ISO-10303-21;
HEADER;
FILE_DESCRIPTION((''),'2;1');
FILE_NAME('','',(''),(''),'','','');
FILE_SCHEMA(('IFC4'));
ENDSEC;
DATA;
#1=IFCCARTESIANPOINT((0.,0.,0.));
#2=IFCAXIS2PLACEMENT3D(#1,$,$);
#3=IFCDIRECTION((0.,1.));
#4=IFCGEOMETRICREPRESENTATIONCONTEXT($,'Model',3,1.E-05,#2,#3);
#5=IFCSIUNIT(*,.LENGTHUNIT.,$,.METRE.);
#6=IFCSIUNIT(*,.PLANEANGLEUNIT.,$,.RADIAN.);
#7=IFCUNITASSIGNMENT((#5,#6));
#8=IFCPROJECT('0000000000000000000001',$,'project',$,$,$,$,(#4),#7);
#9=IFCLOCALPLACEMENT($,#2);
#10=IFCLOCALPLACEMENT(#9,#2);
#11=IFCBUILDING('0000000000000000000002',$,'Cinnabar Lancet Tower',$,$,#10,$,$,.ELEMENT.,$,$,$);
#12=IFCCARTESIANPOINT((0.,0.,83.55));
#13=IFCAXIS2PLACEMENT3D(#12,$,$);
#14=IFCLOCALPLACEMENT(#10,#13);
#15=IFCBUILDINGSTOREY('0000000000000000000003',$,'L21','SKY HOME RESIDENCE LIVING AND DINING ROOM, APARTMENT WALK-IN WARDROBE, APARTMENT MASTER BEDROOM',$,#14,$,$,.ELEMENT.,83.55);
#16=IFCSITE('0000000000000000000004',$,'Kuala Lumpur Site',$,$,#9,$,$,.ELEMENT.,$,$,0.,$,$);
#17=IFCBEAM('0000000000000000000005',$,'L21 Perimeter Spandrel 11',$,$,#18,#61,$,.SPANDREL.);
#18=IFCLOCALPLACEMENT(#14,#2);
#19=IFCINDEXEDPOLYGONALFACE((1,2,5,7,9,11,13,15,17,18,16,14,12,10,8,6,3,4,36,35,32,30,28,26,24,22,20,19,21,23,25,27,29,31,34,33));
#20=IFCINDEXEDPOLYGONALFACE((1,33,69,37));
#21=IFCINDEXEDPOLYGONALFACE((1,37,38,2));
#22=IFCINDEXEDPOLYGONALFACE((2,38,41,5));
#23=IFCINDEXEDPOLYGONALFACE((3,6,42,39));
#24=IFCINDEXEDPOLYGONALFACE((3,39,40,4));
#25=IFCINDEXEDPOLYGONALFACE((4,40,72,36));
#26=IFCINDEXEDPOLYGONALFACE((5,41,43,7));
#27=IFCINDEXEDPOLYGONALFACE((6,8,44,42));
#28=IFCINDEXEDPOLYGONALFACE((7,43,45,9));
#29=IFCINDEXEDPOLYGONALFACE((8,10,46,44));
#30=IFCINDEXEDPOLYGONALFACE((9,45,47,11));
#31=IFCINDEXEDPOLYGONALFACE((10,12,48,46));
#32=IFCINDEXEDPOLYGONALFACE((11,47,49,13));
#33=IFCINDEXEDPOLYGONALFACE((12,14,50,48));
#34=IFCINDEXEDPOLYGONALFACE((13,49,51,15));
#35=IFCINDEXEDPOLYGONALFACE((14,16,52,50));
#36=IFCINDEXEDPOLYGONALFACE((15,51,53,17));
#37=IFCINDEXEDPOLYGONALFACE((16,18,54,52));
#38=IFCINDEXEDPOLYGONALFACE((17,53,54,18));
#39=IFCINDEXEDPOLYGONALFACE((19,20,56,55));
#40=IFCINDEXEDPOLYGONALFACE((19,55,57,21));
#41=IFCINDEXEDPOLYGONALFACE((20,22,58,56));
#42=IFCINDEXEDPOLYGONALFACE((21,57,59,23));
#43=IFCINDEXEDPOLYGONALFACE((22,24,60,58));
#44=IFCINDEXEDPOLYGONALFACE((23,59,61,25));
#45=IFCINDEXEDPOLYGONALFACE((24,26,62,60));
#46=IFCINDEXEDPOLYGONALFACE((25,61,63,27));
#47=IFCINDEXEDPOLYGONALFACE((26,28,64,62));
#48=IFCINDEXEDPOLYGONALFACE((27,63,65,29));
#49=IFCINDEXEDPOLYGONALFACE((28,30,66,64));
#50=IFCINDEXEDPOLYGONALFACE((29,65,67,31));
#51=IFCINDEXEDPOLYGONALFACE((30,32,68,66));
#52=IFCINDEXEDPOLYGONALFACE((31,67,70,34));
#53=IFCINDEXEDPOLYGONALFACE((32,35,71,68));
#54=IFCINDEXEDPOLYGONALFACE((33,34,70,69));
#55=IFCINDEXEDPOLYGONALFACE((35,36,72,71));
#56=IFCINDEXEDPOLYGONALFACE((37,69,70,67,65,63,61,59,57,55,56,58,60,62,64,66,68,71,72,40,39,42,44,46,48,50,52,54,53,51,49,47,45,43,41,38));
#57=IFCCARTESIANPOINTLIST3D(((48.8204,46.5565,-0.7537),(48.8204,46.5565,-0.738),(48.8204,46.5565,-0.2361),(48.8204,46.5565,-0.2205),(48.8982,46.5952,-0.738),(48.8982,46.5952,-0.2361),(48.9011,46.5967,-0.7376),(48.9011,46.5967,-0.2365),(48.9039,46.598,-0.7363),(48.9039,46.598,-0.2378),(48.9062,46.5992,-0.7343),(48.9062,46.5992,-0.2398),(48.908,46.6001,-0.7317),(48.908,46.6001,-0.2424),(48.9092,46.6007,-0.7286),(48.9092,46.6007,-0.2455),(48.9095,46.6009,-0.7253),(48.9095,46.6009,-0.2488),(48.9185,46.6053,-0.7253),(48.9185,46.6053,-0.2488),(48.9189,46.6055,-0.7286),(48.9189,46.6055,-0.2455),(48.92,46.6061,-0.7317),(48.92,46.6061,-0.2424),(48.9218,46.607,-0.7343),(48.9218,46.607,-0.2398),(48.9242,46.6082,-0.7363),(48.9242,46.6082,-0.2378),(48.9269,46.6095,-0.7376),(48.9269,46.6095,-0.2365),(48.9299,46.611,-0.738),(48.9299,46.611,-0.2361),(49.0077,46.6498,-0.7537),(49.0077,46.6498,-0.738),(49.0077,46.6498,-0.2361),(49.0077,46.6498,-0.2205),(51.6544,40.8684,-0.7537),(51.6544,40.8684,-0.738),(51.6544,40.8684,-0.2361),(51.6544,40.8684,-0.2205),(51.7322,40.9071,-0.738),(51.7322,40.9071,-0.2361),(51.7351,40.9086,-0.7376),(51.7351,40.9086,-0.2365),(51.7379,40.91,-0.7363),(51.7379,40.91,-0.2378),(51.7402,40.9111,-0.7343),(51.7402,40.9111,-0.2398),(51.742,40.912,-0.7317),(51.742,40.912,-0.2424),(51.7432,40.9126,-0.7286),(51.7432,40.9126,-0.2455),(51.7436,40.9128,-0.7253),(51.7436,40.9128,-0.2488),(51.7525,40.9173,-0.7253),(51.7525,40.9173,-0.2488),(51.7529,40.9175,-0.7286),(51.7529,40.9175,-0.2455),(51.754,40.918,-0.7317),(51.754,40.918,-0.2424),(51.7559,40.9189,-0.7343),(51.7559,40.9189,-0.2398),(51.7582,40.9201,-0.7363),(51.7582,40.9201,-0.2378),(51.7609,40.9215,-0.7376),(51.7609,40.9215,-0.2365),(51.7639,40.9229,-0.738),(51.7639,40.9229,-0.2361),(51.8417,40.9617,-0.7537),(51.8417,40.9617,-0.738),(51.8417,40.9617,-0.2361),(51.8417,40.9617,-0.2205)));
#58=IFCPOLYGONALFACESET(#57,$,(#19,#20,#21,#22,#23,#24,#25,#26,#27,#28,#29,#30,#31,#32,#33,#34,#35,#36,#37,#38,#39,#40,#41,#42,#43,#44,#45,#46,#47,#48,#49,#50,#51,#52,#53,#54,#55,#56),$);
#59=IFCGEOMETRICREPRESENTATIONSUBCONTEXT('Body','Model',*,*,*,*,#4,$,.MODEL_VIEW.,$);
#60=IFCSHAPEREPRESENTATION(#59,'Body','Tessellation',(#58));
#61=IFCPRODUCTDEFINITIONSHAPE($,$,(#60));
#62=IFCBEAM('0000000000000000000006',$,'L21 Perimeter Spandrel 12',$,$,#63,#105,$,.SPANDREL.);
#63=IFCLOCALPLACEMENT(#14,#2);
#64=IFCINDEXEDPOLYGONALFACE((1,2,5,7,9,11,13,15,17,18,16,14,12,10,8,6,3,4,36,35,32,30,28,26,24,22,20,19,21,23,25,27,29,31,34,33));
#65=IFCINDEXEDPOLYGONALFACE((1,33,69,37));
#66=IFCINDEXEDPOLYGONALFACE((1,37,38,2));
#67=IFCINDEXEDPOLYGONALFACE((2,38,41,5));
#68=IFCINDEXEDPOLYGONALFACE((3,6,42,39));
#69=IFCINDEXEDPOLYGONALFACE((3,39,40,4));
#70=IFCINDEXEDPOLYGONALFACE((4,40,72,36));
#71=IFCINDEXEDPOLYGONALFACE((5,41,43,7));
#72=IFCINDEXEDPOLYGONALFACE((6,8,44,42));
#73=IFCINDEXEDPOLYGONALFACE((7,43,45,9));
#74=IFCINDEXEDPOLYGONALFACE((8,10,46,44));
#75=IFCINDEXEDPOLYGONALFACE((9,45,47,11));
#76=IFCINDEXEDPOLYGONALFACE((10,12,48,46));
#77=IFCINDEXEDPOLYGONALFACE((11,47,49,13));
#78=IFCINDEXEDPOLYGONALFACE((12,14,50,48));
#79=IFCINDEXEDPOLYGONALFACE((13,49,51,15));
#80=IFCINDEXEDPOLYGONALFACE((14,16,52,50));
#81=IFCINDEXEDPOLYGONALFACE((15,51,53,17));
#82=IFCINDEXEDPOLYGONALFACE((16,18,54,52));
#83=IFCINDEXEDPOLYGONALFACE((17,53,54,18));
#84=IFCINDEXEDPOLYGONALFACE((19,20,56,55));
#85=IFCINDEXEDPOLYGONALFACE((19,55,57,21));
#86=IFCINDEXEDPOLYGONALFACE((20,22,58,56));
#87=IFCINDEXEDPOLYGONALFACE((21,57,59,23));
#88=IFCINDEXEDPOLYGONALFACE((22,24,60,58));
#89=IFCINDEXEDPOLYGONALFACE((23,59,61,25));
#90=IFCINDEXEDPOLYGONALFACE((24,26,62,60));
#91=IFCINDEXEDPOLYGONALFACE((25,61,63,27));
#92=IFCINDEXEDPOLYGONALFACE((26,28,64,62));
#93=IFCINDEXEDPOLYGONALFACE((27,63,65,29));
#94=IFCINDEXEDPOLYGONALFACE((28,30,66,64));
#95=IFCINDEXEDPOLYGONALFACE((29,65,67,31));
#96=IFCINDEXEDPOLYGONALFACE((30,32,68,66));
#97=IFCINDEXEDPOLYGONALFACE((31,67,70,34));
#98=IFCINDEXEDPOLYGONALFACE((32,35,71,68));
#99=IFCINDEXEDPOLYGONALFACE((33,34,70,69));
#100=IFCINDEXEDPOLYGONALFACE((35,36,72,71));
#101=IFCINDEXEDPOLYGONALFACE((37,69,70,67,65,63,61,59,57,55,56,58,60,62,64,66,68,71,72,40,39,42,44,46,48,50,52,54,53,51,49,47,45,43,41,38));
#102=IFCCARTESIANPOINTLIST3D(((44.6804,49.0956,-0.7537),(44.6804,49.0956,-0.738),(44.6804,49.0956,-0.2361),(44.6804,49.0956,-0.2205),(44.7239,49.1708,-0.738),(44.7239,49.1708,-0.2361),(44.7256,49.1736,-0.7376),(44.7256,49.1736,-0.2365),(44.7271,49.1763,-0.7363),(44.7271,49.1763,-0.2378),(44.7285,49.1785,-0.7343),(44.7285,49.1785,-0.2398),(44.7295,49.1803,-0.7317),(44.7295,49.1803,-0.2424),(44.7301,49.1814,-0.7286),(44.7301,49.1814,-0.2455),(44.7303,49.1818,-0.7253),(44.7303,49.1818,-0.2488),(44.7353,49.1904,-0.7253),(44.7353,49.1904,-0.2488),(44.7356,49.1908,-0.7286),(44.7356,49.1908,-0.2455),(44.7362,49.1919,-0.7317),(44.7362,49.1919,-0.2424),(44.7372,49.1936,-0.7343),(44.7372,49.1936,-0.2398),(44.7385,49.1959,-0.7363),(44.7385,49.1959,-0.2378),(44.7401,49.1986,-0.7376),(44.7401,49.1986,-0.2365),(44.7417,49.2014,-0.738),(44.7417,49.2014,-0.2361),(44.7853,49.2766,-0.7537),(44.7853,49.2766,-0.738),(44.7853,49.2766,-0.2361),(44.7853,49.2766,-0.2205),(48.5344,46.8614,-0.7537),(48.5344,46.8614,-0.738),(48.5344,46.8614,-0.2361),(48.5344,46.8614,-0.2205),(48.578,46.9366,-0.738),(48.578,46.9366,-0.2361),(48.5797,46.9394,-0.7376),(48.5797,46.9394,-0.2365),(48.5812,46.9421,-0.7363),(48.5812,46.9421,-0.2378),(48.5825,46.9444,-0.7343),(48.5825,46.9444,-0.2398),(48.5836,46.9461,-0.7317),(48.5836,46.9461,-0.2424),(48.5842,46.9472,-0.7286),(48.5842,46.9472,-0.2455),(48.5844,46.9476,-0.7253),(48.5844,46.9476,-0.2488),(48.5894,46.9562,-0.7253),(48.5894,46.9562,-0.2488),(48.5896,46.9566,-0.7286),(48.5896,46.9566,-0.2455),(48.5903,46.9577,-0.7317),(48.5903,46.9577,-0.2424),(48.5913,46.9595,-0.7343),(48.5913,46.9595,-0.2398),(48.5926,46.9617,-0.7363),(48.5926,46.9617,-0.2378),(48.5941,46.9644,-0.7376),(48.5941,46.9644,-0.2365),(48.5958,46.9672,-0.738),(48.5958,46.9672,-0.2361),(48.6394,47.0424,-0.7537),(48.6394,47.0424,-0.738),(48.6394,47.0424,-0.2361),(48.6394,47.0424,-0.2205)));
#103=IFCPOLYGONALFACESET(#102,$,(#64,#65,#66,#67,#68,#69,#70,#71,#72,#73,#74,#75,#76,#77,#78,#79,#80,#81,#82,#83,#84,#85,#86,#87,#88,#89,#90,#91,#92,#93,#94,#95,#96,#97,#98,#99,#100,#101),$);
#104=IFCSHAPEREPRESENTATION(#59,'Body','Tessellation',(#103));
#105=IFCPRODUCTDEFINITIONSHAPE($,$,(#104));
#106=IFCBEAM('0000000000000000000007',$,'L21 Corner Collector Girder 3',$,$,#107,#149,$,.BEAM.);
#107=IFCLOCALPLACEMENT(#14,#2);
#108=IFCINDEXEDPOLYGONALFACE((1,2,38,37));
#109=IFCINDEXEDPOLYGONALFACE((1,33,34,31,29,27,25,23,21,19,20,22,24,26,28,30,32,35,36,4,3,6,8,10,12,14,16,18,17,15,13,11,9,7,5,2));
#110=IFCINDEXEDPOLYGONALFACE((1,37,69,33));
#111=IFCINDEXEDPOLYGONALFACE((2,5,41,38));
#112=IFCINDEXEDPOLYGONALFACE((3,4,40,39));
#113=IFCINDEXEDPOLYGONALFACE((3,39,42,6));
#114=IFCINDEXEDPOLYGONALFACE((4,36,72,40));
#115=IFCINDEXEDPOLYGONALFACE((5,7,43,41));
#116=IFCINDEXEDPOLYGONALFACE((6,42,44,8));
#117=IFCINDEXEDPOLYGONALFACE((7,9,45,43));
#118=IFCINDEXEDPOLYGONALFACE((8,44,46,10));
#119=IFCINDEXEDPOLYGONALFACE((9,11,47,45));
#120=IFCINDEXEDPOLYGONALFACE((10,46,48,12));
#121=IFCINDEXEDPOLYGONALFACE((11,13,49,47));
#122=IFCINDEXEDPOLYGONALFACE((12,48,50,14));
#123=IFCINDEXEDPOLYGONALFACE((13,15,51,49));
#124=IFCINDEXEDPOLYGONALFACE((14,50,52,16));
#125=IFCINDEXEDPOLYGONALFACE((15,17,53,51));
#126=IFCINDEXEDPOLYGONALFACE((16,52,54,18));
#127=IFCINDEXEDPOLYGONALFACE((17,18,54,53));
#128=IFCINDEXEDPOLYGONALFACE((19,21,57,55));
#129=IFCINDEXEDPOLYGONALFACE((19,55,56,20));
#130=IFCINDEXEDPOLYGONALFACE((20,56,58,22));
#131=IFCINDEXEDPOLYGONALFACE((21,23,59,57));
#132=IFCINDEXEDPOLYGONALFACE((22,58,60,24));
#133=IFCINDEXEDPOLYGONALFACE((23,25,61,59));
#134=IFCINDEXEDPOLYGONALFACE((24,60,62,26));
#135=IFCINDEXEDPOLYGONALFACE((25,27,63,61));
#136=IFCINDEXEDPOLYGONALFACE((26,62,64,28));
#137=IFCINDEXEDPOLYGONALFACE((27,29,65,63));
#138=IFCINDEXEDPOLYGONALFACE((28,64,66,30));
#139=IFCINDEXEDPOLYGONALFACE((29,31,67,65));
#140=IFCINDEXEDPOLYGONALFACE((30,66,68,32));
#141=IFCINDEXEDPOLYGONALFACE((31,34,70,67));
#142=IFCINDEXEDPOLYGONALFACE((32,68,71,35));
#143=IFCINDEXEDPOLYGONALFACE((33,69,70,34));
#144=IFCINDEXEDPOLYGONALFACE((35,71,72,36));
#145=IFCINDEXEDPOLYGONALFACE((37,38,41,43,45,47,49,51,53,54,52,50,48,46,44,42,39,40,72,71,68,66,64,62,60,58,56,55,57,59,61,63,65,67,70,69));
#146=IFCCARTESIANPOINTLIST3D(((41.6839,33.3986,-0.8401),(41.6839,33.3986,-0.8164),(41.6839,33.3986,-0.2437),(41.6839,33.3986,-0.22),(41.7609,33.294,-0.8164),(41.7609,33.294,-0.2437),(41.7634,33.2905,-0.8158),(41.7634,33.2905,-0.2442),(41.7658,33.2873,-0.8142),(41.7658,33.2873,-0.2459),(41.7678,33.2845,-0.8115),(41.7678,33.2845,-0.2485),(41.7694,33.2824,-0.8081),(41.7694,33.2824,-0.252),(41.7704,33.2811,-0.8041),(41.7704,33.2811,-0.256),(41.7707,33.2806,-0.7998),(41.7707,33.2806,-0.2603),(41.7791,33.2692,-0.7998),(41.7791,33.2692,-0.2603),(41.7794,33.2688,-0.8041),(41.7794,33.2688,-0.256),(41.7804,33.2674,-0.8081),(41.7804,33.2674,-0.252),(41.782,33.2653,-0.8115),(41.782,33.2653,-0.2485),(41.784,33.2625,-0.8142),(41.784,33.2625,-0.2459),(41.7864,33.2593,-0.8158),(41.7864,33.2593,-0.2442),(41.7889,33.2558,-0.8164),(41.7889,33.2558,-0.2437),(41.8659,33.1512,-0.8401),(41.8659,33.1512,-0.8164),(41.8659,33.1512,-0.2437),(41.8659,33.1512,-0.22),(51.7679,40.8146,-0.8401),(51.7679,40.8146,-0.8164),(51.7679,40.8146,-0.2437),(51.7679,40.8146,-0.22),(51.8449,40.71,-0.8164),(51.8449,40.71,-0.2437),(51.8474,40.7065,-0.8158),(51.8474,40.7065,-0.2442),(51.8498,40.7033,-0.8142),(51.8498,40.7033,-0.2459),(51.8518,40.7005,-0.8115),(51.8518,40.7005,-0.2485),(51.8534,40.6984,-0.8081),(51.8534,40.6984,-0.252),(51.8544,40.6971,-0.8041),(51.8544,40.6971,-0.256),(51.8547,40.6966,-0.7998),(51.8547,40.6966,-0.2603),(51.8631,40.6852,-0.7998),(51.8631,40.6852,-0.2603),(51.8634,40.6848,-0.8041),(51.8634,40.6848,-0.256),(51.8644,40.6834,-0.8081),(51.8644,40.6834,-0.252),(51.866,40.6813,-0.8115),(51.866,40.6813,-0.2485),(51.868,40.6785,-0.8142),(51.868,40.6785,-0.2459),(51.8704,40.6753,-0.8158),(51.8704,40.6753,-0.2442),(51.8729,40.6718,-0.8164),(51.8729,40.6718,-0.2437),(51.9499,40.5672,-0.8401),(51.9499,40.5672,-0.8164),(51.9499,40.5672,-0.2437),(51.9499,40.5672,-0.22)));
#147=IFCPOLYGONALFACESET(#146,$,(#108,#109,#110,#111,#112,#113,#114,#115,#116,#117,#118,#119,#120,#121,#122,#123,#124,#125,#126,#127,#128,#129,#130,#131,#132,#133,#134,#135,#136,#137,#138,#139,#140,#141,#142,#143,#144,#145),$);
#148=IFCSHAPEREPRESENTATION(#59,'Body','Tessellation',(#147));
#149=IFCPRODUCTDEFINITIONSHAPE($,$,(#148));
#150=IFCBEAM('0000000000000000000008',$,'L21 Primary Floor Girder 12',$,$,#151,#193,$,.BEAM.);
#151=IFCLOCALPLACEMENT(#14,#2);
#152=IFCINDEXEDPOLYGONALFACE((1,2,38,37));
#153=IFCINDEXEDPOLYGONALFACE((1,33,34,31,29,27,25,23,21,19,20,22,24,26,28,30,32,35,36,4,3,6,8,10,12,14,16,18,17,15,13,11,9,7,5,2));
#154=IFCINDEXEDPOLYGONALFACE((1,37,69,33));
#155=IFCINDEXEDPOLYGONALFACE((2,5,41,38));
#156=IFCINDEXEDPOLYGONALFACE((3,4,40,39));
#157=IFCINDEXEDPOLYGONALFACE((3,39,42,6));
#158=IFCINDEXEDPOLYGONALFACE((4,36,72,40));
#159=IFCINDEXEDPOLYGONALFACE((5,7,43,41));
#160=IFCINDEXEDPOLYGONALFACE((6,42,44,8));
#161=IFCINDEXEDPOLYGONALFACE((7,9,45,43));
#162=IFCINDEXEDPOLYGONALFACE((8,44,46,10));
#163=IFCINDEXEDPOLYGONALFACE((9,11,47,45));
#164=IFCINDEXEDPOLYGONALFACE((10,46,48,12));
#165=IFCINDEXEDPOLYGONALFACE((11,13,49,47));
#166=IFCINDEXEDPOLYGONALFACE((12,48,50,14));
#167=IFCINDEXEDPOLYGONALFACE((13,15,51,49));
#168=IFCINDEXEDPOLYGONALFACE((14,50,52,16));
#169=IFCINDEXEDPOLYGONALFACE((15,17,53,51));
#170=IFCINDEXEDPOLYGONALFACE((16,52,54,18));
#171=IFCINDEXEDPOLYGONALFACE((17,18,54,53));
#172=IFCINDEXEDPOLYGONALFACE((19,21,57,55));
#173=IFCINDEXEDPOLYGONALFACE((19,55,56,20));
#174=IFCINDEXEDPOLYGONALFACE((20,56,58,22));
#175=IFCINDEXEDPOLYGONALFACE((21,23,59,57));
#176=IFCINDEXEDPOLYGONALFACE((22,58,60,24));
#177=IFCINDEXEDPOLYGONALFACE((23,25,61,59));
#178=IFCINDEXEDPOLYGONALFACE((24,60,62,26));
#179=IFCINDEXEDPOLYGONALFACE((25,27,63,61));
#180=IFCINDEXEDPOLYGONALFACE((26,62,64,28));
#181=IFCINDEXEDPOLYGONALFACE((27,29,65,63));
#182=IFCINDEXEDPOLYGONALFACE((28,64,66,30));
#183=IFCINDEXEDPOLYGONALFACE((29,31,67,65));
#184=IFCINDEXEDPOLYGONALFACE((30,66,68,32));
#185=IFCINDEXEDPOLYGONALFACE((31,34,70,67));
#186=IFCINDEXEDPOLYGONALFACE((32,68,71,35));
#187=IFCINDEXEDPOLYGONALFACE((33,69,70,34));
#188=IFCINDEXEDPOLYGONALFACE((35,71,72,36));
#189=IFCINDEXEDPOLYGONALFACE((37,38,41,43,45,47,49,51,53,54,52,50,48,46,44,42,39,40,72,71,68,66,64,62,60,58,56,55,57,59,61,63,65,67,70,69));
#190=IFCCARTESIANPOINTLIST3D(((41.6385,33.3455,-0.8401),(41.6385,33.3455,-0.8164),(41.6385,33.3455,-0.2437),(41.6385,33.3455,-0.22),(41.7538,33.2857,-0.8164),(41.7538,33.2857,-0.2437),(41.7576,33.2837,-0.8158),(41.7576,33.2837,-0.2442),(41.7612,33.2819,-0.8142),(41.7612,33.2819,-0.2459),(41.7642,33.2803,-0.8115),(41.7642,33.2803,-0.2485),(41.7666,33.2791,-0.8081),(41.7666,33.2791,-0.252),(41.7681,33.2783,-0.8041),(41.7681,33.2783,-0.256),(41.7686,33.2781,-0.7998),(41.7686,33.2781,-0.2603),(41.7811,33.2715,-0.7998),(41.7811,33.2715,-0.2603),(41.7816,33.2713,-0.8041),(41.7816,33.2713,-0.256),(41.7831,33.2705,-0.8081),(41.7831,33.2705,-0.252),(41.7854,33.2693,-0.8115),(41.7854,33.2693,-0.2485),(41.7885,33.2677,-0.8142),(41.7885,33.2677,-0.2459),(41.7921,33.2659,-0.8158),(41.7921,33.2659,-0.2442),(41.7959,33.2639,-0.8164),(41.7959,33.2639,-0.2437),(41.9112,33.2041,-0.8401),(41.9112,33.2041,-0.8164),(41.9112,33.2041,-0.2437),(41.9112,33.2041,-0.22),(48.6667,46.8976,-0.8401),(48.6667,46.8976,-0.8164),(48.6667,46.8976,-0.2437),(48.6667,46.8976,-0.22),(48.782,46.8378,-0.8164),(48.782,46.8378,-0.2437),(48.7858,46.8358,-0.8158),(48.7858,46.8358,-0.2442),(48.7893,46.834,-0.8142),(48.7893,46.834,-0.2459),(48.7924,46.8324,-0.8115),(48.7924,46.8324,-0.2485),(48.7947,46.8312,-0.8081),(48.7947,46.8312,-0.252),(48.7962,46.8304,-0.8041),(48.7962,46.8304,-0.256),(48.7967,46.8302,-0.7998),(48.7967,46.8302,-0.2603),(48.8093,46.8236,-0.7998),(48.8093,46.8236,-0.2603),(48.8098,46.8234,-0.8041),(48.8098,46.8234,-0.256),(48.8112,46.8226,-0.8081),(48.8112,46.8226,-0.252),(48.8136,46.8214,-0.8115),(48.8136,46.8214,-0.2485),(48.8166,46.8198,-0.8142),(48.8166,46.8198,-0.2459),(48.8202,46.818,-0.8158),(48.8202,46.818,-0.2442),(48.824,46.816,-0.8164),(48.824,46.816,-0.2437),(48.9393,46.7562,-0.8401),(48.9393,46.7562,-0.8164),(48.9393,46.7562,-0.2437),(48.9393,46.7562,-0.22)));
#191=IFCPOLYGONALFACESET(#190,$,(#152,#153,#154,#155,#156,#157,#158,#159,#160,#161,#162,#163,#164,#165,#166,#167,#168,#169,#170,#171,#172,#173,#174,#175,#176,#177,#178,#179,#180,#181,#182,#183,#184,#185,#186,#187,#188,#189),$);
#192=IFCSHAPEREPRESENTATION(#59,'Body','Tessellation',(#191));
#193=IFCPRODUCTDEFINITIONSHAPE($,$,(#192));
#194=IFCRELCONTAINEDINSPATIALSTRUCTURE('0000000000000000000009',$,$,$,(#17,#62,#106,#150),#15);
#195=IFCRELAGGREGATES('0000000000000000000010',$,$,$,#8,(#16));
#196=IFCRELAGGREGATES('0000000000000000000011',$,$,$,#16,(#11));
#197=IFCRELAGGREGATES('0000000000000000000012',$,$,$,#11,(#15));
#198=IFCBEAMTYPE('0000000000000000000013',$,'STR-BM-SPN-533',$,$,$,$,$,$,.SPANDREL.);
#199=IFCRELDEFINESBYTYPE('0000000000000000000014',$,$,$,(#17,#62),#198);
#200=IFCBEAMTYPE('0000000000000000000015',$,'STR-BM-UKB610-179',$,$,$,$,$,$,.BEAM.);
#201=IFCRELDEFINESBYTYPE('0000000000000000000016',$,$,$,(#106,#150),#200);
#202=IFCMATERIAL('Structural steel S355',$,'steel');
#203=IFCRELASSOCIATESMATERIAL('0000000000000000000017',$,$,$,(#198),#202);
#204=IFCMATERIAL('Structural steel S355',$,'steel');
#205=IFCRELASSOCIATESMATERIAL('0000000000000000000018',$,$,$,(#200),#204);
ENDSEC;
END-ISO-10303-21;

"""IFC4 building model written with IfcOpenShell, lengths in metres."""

from ifc_helpers import new_model, si_unit, direction, frame, origin, origin_2d, place, context, subcontext, project, spatial, i_section, extrude, material, material_profile, profile_set, type_object, element, save


model = new_model("IFC4")

# Units and contexts
model_context = context("Model", 3, precision=1e-05, world=origin(), true_north=direction((0.0, 1.0)))
body_context = subcontext(model_context, "Body", "Model", "MODEL_VIEW")
ifc_project = project(units=[si_unit("LENGTHUNIT", "METRE"), si_unit("PLANEANGLEUNIT", "RADIAN")], contexts=[model_context])

# Site, building, storey
site_placement = place(None, origin())
site = spatial("IfcSite", under=ifc_project, at=site_placement, Name="Kuala Lumpur Site", CompositionType="ELEMENT", RefElevation=0.0)
building_placement = place(site_placement, origin())
building = spatial("IfcBuilding", under=site, at=building_placement, Name="Cinnabar Lancet Tower", CompositionType="ELEMENT")
storey_placement = place(building_placement, frame((0.0, 0.0, 83.55)))
storey = spatial("IfcBuildingStorey", under=building, at=storey_placement, Name="L21", Description="SKY HOME RESIDENCE LIVING AND DINING ROOM, APARTMENT WALK-IN WARDROBE, APARTMENT MASTER BEDROOM", CompositionType="ELEMENT", Elevation=83.55)

# Beams
ifc_material_1 = material(Name="Structural steel S355", Category="steel")
ifc_material_profile_1 = material_profile(ifc_material_1, i_section(OverallWidth=0.2092, OverallDepth=0.5332, WebThickness=0.01, FlangeThickness=0.0156, FilletRadius=0.0127, at=origin_2d()), Name="UKB 533x210x92")
ifc_profile_set_1 = profile_set([ifc_material_profile_1], Name="Structural steel S355")
beam_type_1 = type_object("IfcBeamType", Name="STR-BM-SPN-533", PredefinedType="SPANDREL", material=ifc_profile_set_1)
beam_1_placement = place(storey_placement, frame((51.748, 40.915, -0.4871), z_axis=(-0.445953, 0.895056, 0.0), x_axis=(-0.895056, -0.445953, 0.0)))
element("IfcBeam", 1, at=beam_1_placement, inside=storey, type_object=beam_type_1, Name="L21 Perimeter Spandrel 11", PredefinedType="SPANDREL", context=body_context, shape_type="SweptSolid", body=[
    extrude(i_section(OverallWidth=0.2092, OverallDepth=0.5332, WebThickness=0.01, FlangeThickness=0.0156, FilletRadius=0.0127, at=origin_2d()), origin(), (0.0, 0.0, 1.0), 6.355),
])
beam_2_placement = place(storey_placement, frame((48.5869, 46.9519, -0.4871), z_axis=(-0.865147, 0.501518, 0.0), x_axis=(-0.501518, -0.865147, 0.0)))
element("IfcBeam", 2, at=beam_2_placement, inside=storey, type_object=beam_type_1, Name="L21 Perimeter Spandrel 12", PredefinedType="SPANDREL", context=body_context, shape_type="SweptSolid", body=[
    extrude(i_section(OverallWidth=0.2092, OverallDepth=0.5332, WebThickness=0.01, FlangeThickness=0.0156, FilletRadius=0.0127, at=origin_2d()), origin(), (0.0, 0.0, 1.0), 4.4548),
])
ifc_material_2 = material(Name="Structural steel S355", Category="steel")
ifc_material_profile_2 = material_profile(ifc_material_2, i_section(OverallWidth=0.3071, OverallDepth=0.6201, WebThickness=0.0142, FlangeThickness=0.0237, FilletRadius=0.0166, at=origin_2d()), Name="UKB 610x305x179")
ifc_profile_set_2 = profile_set([ifc_material_profile_2], Name="Structural steel S355")
beam_type_2 = type_object("IfcBeamType", Name="STR-BM-UKB610-179", PredefinedType="BEAM", material=ifc_profile_set_2)
beam_3_placement = place(storey_placement, frame((51.8589, 40.6909, -0.53), z_axis=(-0.805601, -0.592459, 0.0), x_axis=(0.592459, -0.805601, 0.0)))
element("IfcBeam", 3, at=beam_3_placement, inside=storey, type_object=beam_type_2, Name="L21 Corner Collector Girder 3", PredefinedType="BEAM", context=body_context, shape_type="SweptSolid", body=[
    extrude(i_section(OverallWidth=0.3071, OverallDepth=0.6201, WebThickness=0.0142, FlangeThickness=0.0237, FilletRadius=0.0166, at=origin_2d()), origin(), (0.0, 0.0, 1.0), 12.5173),
])
beam_4_placement = place(storey_placement, frame((48.803, 46.8269, -0.53), z_axis=(-0.460375, -0.887725, 0.0), x_axis=(0.887725, -0.460375, 0.0)))
element("IfcBeam", 4, at=beam_4_placement, inside=storey, type_object=beam_type_2, Name="L21 Primary Floor Girder 12", PredefinedType="BEAM", context=body_context, shape_type="SweptSolid", body=[
    extrude(i_section(OverallWidth=0.3071, OverallDepth=0.6201, WebThickness=0.0142, FlangeThickness=0.0237, FilletRadius=0.0166, at=origin_2d()), origin(), (0.0, 0.0, 1.0), 15.2661),
])

save(model, "model.ifc")
